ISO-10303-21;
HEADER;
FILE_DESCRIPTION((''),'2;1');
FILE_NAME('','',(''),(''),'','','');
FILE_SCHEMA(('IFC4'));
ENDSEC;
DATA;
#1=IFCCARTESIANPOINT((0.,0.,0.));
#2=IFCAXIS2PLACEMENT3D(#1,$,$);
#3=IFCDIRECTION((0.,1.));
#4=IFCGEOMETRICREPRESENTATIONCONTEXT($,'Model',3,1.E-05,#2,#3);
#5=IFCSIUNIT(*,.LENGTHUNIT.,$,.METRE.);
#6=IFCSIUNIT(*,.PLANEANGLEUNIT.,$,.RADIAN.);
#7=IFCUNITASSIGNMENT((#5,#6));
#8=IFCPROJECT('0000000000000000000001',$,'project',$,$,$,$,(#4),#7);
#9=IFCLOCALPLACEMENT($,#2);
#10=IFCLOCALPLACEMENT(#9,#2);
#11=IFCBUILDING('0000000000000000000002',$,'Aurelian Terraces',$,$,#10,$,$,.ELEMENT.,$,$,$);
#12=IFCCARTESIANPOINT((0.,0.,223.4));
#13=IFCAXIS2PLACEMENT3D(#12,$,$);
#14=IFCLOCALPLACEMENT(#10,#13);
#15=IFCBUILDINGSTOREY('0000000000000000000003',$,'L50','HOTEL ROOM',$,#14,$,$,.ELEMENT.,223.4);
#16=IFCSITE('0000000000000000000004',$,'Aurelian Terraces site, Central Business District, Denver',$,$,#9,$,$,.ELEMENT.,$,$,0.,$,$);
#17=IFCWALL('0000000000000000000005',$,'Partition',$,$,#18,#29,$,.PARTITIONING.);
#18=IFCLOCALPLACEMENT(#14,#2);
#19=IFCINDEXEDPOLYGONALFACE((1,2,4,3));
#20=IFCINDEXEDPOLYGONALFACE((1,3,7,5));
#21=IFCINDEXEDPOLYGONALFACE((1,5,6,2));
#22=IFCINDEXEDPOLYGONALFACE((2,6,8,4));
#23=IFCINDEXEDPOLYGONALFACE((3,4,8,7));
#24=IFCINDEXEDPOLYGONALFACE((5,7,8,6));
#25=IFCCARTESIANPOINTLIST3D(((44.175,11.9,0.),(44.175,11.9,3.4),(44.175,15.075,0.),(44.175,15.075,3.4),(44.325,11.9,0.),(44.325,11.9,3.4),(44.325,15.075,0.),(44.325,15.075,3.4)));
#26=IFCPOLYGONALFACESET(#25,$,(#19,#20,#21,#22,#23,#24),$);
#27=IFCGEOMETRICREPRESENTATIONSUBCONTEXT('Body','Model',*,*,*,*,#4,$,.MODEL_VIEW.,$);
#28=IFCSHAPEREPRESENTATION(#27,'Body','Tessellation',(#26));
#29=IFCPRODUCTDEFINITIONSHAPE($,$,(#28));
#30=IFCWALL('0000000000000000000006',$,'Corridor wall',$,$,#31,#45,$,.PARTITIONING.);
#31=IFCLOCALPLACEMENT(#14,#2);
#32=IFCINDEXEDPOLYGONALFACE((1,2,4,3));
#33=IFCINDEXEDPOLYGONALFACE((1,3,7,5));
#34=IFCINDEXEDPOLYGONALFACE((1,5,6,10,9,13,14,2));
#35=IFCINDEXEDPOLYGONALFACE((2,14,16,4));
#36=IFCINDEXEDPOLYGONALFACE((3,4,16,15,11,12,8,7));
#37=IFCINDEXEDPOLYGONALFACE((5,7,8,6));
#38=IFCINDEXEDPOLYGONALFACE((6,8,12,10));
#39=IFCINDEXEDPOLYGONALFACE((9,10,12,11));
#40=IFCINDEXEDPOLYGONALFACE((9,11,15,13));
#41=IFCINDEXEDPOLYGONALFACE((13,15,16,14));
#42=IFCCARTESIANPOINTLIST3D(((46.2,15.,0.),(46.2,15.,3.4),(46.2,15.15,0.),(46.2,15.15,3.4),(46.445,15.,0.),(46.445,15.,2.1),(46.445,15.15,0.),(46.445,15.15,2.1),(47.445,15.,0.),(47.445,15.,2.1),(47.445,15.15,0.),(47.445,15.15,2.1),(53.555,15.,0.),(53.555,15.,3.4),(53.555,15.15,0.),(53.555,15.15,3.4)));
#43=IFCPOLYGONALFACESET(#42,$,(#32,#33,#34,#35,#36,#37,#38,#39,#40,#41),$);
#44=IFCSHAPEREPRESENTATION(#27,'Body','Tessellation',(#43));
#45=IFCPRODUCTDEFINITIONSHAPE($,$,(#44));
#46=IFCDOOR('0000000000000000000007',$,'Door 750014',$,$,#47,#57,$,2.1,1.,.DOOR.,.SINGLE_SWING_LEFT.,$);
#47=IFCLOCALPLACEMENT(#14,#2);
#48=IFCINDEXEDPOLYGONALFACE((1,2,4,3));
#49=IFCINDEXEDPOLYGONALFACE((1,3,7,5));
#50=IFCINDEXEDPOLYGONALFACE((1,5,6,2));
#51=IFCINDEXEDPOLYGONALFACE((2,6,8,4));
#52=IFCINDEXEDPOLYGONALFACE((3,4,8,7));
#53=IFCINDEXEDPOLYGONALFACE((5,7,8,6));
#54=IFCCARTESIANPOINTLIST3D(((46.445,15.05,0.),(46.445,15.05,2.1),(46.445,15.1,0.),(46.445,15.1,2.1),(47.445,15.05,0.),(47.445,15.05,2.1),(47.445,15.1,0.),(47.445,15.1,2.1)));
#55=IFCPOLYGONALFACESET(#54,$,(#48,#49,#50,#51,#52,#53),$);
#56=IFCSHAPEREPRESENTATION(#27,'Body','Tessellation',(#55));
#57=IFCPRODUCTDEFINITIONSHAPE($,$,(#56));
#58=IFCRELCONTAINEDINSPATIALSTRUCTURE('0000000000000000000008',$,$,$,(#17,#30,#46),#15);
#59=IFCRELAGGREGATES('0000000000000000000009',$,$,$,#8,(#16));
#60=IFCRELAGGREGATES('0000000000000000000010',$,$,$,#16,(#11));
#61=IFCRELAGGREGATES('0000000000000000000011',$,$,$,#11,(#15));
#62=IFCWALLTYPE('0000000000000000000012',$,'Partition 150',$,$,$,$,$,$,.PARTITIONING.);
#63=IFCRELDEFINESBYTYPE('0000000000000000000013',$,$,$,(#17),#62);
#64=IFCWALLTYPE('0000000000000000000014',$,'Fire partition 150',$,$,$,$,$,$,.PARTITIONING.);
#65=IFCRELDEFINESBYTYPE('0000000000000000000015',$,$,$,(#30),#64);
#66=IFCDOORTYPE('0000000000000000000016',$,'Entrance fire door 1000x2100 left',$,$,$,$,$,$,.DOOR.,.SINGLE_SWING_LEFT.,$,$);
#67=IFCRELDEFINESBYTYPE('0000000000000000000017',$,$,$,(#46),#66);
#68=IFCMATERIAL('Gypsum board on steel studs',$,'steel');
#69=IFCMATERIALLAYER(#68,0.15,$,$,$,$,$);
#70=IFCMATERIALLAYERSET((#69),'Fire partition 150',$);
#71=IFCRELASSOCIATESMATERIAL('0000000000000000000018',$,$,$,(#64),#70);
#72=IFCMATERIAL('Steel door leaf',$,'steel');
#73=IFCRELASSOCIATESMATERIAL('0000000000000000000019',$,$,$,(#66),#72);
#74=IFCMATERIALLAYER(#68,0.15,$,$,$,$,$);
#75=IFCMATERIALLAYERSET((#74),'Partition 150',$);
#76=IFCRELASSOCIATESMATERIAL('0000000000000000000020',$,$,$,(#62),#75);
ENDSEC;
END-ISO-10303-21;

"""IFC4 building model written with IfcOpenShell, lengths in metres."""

from ifc_helpers import new_model, si_unit, direction, frame, frame_2d, origin, place, context, subcontext, project, spatial, rectangle, extrude, source, transform, mapped, material, layer, layer_set, type_object, element, fill, save


model = new_model("IFC4")

# Units and contexts
model_context = context("Model", 3, precision=1e-05, world=origin(), true_north=direction((0.0, 1.0)))
body_context = subcontext(model_context, "Body", "Model", "MODEL_VIEW")
ifc_project = project(units=[si_unit("LENGTHUNIT", "METRE"), si_unit("PLANEANGLEUNIT", "RADIAN")], contexts=[model_context])

# Site, building, storey
site_placement = place(None, origin())
site = spatial("IfcSite", under=ifc_project, at=site_placement, Name="Aurelian Terraces site, Central Business District, Denver", CompositionType="ELEMENT", RefElevation=0.0)
building_placement = place(site_placement, origin())
building = spatial("IfcBuilding", under=site, at=building_placement, Name="Aurelian Terraces", CompositionType="ELEMENT")
storey_placement = place(building_placement, frame((0.0, 0.0, 223.4)))
storey = spatial("IfcBuildingStorey", under=building, at=storey_placement, Name="L50", Description="HOTEL ROOM", CompositionType="ELEMENT", Elevation=223.4)

# Shared definitions
ifc_material_1 = material(Name="Gypsum board on steel studs", Category="steel")
ifc_layer_1 = layer(ifc_material_1, 0.15)
ifc_layer_set_1 = layer_set([ifc_layer_1], Name="Fire partition 150")
wall_type_1 = type_object("IfcWallType", Name="Fire partition 150", PredefinedType="PARTITIONING", material=ifc_layer_set_1)

# Shared definitions
shared_shape_1 = source(origin(), body_context, "Body", "SweptSolid", [
    extrude(rectangle(XDim=1.0, YDim=2.1, at=frame_2d((0.5, 1.05))), frame((0.0, 0.085, 0.0), z_axis=(0.0, -1.0, 0.0), x_axis=(1.0, 0.0, 0.0)), (0.0, 0.0, 1.0), 0.17),
])
ifc_material_2 = material(Name="Steel door leaf", Category="steel")
door_type_1 = type_object("IfcDoorType", Name="Entrance fire door 1000x2100 left", OperationType="SINGLE_SWING_LEFT", PredefinedType="DOOR", material=ifc_material_2)
shared_shape_2 = source(origin(), body_context, "Body", "SweptSolid", [
    extrude(rectangle(XDim=1.0, YDim=2.1, at=frame_2d((0.5, 1.05))), frame((0.0, 0.025, 0.0), z_axis=(0.0, -1.0, 0.0), x_axis=(1.0, 0.0, 0.0)), (0.0, 0.0, 1.0), 0.05),
])

# Wall
ifc_layer_2 = layer(ifc_material_1, 0.15)
ifc_layer_set_2 = layer_set([ifc_layer_2], Name="Partition 150")
wall_type_2 = type_object("IfcWallType", Name="Partition 150", PredefinedType="PARTITIONING", material=ifc_layer_set_2)
shared_shape_3 = source(origin(), body_context, "Body", "SweptSolid", [
    extrude(rectangle(XDim=3.175, YDim=0.15, at=frame_2d((1.5875, 0.0))), origin(), (0.0, 0.0, 1.0), 3.4),
])
wall_1_placement = place(storey_placement, frame((44.25, 11.9, 0.0), z_axis=(0.0, 0.0, 1.0), x_axis=(0.0, 1.0, 0.0)))
element("IfcWall", 1, at=wall_1_placement, inside=storey, type_object=wall_type_2, Name="Partition", PredefinedType="PARTITIONING", context=body_context, shape_type="MappedRepresentation", body=[
    mapped(shared_shape_3, transform((0.0, 0.0, 0.0), scale=1.0)),
])

# Wall, opening, door
shared_shape_4 = source(origin(), body_context, "Body", "SweptSolid", [
    extrude(rectangle(XDim=7.355, YDim=0.15, at=frame_2d((3.6775, 0.0))), origin(), (0.0, 0.0, 1.0), 3.4),
])
wall_2_placement = place(storey_placement, frame((53.555, 15.075, 0.0), z_axis=(0.0, 0.0, 1.0), x_axis=(-1.0, 0.0, 0.0)))
wall_2 = element("IfcWall", 2, at=wall_2_placement, inside=storey, type_object=wall_type_1, Name="Corridor wall", PredefinedType="PARTITIONING", context=body_context, shape_type="MappedRepresentation", body=[
    mapped(shared_shape_4, transform((0.0, 0.0, 0.0), scale=1.0)),
])
opening_1_placement = place(wall_2_placement, frame((6.11, 0.0, 0.0)))
opening_1 = element("IfcOpeningElement", 3, at=opening_1_placement, cuts=wall_2, PredefinedType="OPENING", context=body_context, shape_type="MappedRepresentation", body=[
    mapped(shared_shape_1, transform((0.0, 0.0, 0.0), scale=1.0)),
])
door_1_placement = place(opening_1_placement, origin())
door_1 = element("IfcDoor", 4, at=door_1_placement, inside=storey, type_object=door_type_1, Name="Door 750014", OperationType="SINGLE_SWING_LEFT", OverallHeight=2.1, OverallWidth=1.0, PredefinedType="DOOR", context=body_context, shape_type="MappedRepresentation", body=[
    mapped(shared_shape_2, transform((0.0, 0.0, 0.0), scale=1.0)),
])
fill(opening_1, door_1)

save(model, "model.ifc")
